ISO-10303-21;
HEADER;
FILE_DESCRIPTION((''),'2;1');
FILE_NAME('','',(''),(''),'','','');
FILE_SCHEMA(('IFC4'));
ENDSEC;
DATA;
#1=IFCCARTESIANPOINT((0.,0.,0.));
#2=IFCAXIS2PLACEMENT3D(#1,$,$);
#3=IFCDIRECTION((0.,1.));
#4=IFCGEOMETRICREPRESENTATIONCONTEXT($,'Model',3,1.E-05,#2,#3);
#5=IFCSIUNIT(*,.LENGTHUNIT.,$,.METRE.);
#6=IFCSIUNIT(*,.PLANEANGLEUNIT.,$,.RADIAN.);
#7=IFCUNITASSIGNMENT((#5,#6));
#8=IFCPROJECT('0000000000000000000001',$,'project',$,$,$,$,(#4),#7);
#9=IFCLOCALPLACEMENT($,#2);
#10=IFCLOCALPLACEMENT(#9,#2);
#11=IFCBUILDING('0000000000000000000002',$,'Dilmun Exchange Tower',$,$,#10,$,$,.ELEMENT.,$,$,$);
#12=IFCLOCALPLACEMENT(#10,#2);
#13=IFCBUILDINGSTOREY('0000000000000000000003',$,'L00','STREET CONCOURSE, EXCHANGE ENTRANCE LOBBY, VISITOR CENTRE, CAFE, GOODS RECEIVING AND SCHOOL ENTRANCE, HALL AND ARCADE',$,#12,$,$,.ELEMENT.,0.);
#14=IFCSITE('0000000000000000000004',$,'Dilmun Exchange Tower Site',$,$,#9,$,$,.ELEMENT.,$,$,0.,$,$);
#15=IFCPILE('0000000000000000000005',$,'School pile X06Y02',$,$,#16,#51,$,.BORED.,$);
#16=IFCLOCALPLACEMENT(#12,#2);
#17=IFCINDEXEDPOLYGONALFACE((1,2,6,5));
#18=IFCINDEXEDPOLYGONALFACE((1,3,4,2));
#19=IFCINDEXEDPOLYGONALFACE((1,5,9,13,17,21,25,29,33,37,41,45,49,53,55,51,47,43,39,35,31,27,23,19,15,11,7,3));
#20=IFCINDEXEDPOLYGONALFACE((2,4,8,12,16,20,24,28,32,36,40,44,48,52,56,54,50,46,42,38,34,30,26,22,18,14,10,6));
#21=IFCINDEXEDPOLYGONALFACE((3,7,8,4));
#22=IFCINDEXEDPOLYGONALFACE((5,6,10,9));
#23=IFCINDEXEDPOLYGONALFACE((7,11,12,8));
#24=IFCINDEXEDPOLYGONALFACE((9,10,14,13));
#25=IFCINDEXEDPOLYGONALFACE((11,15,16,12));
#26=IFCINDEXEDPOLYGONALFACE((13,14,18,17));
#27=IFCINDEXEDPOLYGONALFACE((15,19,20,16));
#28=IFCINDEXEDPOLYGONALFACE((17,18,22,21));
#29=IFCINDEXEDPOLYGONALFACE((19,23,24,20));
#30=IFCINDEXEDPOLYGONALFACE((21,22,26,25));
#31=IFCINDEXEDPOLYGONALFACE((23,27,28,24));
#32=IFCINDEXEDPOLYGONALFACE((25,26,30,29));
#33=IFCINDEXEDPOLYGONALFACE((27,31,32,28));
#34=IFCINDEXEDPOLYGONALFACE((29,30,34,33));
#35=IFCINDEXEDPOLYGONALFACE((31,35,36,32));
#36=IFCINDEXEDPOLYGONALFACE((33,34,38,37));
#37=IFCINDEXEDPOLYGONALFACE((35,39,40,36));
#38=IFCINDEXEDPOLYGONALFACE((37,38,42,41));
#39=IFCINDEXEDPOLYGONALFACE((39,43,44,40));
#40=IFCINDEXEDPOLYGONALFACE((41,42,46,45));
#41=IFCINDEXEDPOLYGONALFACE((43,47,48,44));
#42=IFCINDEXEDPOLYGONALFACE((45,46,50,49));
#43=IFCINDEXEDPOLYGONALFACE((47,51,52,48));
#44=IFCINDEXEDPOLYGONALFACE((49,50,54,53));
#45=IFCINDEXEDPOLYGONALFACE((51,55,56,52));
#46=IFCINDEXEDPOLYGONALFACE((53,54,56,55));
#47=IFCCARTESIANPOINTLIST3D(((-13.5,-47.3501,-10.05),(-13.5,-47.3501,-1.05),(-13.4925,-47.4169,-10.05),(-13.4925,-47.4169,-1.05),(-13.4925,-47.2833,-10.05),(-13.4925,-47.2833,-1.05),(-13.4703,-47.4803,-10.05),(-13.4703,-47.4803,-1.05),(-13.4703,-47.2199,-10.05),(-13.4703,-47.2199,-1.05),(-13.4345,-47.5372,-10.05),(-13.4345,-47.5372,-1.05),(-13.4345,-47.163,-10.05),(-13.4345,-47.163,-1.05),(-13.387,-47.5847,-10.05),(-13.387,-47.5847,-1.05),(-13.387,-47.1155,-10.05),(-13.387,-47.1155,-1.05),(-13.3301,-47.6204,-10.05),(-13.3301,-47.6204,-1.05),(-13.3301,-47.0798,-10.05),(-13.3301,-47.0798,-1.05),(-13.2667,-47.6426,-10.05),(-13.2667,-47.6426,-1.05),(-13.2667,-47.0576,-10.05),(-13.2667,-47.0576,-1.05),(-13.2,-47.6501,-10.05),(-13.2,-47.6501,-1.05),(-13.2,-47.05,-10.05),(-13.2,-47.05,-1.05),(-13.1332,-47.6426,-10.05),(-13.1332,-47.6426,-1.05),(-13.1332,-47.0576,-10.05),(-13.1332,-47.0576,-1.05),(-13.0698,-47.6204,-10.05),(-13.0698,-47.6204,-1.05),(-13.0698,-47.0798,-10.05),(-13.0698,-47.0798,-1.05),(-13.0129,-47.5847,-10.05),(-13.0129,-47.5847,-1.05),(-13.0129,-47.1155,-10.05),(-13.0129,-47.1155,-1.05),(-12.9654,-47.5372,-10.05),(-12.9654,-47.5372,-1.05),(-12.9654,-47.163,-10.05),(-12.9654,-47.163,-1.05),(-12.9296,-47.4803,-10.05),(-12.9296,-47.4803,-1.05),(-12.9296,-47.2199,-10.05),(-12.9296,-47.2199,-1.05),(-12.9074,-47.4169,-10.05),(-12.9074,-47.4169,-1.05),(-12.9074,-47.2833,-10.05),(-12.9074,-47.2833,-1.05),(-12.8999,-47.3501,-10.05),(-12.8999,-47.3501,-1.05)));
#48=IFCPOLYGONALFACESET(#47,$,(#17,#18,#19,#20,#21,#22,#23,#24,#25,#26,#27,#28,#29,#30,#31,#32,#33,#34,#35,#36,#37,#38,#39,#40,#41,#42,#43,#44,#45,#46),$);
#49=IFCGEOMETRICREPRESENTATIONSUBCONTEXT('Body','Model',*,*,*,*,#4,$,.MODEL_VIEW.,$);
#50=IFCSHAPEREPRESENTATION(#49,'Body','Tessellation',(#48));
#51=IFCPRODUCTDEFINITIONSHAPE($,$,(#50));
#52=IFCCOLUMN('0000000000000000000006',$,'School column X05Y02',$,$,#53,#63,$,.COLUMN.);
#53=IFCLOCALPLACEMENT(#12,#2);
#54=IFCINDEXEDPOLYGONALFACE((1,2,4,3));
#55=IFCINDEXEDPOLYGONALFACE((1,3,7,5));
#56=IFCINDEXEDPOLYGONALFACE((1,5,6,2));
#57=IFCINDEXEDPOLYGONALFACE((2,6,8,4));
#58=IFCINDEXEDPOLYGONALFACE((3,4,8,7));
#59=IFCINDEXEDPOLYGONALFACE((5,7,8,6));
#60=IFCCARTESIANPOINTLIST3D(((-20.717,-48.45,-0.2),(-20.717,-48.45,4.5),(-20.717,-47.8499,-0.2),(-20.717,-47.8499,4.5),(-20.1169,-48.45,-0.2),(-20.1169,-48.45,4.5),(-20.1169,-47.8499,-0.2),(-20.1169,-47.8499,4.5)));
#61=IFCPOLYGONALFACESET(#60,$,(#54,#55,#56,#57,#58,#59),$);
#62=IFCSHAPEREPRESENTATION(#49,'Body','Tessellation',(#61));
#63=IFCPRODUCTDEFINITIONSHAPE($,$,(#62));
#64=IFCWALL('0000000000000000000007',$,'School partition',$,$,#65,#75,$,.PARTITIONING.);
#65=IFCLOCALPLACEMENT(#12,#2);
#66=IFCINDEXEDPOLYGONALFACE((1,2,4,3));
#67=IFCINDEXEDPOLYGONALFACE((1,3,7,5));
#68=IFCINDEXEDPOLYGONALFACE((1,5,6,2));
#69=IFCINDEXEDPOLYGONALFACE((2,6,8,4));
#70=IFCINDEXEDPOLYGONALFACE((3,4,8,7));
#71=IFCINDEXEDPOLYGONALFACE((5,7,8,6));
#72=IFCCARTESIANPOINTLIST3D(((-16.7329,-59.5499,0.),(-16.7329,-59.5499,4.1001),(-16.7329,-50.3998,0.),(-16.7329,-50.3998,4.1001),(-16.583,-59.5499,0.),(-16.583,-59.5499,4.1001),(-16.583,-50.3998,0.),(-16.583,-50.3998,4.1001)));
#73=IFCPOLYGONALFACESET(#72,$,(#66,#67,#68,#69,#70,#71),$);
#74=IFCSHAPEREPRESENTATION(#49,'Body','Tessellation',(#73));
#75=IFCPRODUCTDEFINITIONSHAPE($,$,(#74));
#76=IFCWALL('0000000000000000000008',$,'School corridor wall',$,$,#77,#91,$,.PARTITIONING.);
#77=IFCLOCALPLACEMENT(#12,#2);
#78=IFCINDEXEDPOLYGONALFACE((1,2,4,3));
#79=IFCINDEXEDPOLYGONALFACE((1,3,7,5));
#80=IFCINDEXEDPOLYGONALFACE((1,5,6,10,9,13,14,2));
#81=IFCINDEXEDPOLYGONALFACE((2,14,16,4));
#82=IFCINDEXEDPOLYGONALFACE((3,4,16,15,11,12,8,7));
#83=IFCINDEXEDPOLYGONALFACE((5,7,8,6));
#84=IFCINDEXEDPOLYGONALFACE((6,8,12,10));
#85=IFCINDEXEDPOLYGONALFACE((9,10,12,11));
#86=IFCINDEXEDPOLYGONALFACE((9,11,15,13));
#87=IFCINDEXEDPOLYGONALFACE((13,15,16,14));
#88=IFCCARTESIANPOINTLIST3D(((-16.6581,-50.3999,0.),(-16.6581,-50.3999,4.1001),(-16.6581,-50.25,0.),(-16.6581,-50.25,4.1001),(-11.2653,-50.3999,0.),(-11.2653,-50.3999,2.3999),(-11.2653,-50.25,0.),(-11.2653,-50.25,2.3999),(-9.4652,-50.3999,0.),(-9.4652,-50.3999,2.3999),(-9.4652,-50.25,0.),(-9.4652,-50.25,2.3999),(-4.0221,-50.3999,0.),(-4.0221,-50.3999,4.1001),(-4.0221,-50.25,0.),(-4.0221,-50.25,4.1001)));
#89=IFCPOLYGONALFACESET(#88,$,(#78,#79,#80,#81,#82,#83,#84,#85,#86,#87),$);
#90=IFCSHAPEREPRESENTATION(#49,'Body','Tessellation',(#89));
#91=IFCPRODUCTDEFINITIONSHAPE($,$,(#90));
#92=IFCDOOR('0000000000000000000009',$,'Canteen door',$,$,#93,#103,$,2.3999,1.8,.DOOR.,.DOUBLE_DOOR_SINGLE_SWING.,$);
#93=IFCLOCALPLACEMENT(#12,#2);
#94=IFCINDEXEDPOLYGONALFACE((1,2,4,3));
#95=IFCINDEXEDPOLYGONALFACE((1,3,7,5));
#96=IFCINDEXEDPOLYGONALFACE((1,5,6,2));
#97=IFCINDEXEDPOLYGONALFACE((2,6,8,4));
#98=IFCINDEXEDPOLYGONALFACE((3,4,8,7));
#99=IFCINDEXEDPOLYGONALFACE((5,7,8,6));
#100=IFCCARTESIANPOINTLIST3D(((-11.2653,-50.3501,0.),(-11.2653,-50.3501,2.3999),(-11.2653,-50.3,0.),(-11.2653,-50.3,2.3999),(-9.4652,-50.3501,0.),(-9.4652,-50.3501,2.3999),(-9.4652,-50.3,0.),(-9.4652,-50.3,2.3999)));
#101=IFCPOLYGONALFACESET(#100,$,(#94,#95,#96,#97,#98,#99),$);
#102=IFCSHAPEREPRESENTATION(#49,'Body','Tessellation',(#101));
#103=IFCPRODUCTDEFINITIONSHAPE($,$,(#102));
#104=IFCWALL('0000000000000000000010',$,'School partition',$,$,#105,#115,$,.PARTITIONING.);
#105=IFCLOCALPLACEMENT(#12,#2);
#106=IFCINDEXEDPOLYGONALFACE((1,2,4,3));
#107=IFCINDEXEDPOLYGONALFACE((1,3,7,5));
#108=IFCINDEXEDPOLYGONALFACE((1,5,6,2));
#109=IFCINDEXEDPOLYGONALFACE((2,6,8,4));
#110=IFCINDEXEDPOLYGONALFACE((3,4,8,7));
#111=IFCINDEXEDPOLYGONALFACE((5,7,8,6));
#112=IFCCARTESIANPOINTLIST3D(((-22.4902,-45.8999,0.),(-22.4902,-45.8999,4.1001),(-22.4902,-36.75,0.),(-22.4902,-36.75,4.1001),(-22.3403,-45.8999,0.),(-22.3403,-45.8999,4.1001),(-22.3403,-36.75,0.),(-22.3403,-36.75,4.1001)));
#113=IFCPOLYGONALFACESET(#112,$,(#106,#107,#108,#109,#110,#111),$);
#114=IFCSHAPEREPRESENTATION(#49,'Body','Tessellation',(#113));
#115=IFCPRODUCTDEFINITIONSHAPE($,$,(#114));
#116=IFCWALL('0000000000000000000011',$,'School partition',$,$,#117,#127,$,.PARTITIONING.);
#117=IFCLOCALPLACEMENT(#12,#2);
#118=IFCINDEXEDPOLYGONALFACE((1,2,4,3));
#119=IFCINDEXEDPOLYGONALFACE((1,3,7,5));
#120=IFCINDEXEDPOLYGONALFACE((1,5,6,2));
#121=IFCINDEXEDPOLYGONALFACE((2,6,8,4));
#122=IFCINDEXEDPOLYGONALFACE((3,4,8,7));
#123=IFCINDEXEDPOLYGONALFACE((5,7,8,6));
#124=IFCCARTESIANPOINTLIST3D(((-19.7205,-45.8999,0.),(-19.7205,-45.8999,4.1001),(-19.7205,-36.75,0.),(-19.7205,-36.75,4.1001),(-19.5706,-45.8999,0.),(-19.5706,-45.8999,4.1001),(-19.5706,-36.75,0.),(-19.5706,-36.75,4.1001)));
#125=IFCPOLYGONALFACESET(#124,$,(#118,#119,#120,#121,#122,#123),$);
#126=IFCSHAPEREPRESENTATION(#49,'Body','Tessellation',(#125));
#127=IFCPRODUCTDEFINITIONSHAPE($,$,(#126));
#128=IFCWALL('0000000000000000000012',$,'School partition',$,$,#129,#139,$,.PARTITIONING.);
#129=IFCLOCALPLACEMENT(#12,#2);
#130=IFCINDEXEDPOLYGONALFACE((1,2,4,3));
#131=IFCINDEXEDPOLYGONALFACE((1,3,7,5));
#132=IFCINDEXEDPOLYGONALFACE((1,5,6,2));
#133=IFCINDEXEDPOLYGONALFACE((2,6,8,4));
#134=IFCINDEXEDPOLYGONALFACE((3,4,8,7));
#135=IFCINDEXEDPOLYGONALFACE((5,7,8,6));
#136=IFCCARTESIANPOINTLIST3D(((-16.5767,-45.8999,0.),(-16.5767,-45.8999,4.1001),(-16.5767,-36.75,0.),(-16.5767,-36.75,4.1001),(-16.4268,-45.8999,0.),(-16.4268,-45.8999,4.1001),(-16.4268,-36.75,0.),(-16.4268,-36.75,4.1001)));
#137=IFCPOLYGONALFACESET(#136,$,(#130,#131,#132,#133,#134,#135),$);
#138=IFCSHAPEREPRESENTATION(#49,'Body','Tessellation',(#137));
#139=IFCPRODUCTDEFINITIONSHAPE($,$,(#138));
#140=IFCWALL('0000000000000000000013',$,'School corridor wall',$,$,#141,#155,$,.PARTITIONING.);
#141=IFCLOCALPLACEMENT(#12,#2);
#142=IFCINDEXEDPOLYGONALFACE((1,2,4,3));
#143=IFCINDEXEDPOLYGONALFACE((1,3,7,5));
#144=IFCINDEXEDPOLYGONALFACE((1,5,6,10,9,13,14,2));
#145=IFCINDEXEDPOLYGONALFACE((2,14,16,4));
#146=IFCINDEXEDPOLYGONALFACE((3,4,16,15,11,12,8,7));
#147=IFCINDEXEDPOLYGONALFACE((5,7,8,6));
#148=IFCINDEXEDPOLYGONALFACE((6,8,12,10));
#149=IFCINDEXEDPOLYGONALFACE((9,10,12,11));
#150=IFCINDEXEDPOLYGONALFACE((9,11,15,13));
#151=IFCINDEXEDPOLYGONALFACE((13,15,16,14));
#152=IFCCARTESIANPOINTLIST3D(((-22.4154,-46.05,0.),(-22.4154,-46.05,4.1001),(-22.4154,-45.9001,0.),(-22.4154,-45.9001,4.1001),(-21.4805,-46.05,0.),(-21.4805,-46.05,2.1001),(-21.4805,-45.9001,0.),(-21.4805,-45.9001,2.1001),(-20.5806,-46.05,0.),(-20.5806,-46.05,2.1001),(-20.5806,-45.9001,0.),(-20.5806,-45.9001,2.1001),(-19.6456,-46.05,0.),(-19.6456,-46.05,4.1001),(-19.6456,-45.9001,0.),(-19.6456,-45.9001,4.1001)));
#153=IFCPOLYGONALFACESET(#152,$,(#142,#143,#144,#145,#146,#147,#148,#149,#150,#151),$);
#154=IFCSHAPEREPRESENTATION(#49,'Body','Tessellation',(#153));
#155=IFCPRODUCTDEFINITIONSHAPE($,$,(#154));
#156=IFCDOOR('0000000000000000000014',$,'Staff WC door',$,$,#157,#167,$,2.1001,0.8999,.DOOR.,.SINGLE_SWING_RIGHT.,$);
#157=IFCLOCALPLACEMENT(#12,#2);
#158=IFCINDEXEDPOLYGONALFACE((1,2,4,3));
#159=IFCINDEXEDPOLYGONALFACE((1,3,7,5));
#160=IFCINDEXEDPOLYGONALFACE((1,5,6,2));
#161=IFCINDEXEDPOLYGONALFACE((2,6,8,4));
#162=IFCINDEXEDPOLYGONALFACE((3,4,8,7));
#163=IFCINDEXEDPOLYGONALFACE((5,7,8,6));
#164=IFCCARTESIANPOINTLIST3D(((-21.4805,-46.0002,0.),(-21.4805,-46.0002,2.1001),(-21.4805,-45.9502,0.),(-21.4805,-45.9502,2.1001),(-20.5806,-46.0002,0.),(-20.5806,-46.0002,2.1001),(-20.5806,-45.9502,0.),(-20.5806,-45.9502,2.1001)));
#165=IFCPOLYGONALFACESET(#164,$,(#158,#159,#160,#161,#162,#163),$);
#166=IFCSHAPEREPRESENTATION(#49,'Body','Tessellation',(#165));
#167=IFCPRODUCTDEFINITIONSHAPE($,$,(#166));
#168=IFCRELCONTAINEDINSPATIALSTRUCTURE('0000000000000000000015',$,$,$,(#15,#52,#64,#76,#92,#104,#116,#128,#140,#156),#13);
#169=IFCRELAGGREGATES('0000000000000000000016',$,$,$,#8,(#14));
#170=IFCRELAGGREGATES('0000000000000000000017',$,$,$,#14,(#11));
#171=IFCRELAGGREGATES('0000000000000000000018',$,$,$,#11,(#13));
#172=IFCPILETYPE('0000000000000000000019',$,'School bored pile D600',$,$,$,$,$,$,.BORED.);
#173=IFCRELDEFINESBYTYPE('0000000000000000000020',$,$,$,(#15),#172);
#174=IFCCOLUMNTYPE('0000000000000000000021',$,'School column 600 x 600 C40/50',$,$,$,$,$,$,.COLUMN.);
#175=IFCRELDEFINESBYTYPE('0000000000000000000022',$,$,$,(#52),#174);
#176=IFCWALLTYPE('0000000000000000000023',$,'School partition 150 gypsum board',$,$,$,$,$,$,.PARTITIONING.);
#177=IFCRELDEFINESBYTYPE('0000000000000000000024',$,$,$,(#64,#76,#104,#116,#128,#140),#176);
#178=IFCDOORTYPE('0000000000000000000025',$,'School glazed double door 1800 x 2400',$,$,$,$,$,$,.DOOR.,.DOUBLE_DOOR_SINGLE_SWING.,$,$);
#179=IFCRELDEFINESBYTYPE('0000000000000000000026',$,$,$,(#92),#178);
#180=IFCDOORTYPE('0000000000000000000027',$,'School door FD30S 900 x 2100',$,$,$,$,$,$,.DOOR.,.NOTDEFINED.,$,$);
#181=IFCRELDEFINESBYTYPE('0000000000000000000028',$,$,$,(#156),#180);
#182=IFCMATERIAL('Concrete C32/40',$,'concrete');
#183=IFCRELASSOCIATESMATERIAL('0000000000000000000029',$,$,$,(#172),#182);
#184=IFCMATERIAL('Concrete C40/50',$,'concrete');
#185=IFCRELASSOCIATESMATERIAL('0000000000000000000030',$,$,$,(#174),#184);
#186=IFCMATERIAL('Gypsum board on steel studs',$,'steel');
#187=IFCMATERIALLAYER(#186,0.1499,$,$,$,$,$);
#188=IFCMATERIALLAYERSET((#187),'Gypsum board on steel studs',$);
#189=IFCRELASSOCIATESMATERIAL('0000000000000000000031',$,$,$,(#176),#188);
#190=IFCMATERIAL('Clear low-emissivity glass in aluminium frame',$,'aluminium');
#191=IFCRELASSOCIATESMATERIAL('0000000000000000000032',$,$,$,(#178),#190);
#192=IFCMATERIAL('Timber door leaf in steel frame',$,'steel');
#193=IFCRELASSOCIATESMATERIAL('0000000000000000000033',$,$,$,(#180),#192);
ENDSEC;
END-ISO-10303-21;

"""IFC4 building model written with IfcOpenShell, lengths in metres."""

from ifc_helpers import new_model, si_unit, direction, frame, frame_2d, origin, origin_2d, place, context, subcontext, project, spatial, rectangle, circle, extrude, material, layer, layer_set, material_profile, profile_set, type_object, element, fill, save


model = new_model("IFC4")

# Units and contexts
model_context = context("Model", 3, precision=1e-05, world=origin(), true_north=direction((0.0, 1.0)))
body_context = subcontext(model_context, "Body", "Model", "MODEL_VIEW")
ifc_project = project(units=[si_unit("LENGTHUNIT", "METRE"), si_unit("PLANEANGLEUNIT", "RADIAN")], contexts=[model_context])

# Site, building, storey
site_placement = place(None, origin())
site = spatial("IfcSite", under=ifc_project, at=site_placement, Name="Dilmun Exchange Tower Site", CompositionType="ELEMENT", RefElevation=0.0)
building_placement = place(site_placement, origin())
building = spatial("IfcBuilding", under=site, at=building_placement, Name="Dilmun Exchange Tower", CompositionType="ELEMENT")
storey_placement = place(building_placement, origin())
storey = spatial("IfcBuildingStorey", under=building, at=storey_placement, Name="L00", Description="STREET CONCOURSE, EXCHANGE ENTRANCE LOBBY, VISITOR CENTRE, CAFE, GOODS RECEIVING AND SCHOOL ENTRANCE, HALL AND ARCADE", CompositionType="ELEMENT", Elevation=0.0)

# Pile
ifc_material_1 = material(Name="Concrete C32/40", Category="concrete")
ifc_material_profile_1 = material_profile(ifc_material_1, circle(Radius=0.3, at=origin_2d()), Name="D600")
ifc_profile_set_1 = profile_set([ifc_material_profile_1], Name="Concrete C32/40")
pile_type = type_object("IfcPileType", Name="School bored pile D600", PredefinedType="BORED", material=ifc_profile_set_1)
for number, where, z_axis, x_axis, name in (
    (1, (-13.2, -47.3501, -1.05), (0.0, 0.0, -1.0), (1.0, 0.0, 0.0), "School pile X06Y02"),
):
    element("IfcPile", number, at=place(storey_placement, frame(where, z_axis=z_axis, x_axis=x_axis)), inside=storey, type_object=pile_type, Name=name, PredefinedType="BORED", context=body_context, shape_type="SweptSolid", body=[
        extrude(circle(Radius=0.3, at=origin_2d()), origin(), (0.0, 0.0, 1.0), 9.0),
    ])

# Column
ifc_material_2 = material(Name="Concrete C40/50", Category="concrete")
ifc_material_profile_2 = material_profile(ifc_material_2, rectangle(XDim=0.6001, YDim=0.6001, at=origin_2d()), Name="600 x 600")
ifc_profile_set_2 = profile_set([ifc_material_profile_2], Name="Concrete C40/50")
column_type = type_object("IfcColumnType", Name="School column 600 x 600 C40/50", PredefinedType="COLUMN", material=ifc_profile_set_2)
column_placement = place(storey_placement, frame((-20.417, -48.1499, -0.2), z_axis=(0.0, 0.0, 1.0), x_axis=(1.0, 0.0, 0.0)))
element("IfcColumn", 2, at=column_placement, inside=storey, type_object=column_type, Name="School column X05Y02", PredefinedType="COLUMN", context=body_context, shape_type="SweptSolid", body=[
    extrude(rectangle(XDim=0.6001, YDim=0.6001, at=origin_2d()), origin(), (0.0, 0.0, 1.0), 4.7),
])

# Wall
ifc_material_3 = material(Name="Gypsum board on steel studs", Category="steel")
ifc_layer = layer(ifc_material_3, 0.1499)
ifc_layer_set = layer_set([ifc_layer], Name="Gypsum board on steel studs")
wall_type = type_object("IfcWallType", Name="School partition 150 gypsum board", PredefinedType="PARTITIONING", material=ifc_layer_set)
wall_1_placement = place(storey_placement, frame((-16.658, -59.55, 0.0), z_axis=(0.0, 0.0, 1.0), x_axis=(0.0, 1.0, 0.0)))
element("IfcWall", 3, at=wall_1_placement, inside=storey, type_object=wall_type, Name="School partition", PredefinedType="PARTITIONING", context=body_context, shape_type="SweptSolid", body=[
    extrude(rectangle(XDim=9.1501, YDim=0.1499, at=frame_2d((4.5752, 0.0))), origin(), (0.0, 0.0, 1.0), 4.1001),
])

# Wall, opening, door
wall_2_placement = place(storey_placement, frame((-16.658, -50.325, 0.0), z_axis=(0.0, 0.0, 1.0), x_axis=(1.0, 0.0, 0.0)))
wall_2 = element("IfcWall", 4, at=wall_2_placement, inside=storey, type_object=wall_type, Name="School corridor wall", PredefinedType="PARTITIONING", context=body_context, shape_type="SweptSolid", body=[
    extrude(rectangle(XDim=12.636, YDim=0.1499, at=frame_2d((6.3179, 0.0))), origin(), (0.0, 0.0, 1.0), 4.1001),
])
opening_1_placement = place(wall_2_placement, frame((5.3928, 0.0, 0.0)))
opening_1 = element("IfcOpeningElement", 5, at=opening_1_placement, cuts=wall_2, PredefinedType="OPENING", context=body_context, shape_type="SweptSolid", body=[
    extrude(rectangle(XDim=1.8, YDim=2.3999, at=frame_2d((0.8999, 1.2))), frame((0.0, 0.085, 0.0), z_axis=(0.0, -1.0, 0.0), x_axis=(1.0, 0.0, 0.0)), (0.0, 0.0, 1.0), 0.1699),
])
ifc_material_4 = material(Name="Clear low-emissivity glass in aluminium frame", Category="aluminium")
door_type_1 = type_object("IfcDoorType", Name="School glazed double door 1800 x 2400", OperationType="DOUBLE_DOOR_SINGLE_SWING", PredefinedType="DOOR", material=ifc_material_4)
door_1_placement = place(opening_1_placement, origin())
door_1 = element("IfcDoor", 6, at=door_1_placement, inside=storey, type_object=door_type_1, Name="Canteen door", OperationType="DOUBLE_DOOR_SINGLE_SWING", OverallHeight=2.3999, OverallWidth=1.8, PredefinedType="DOOR", context=body_context, shape_type="SweptSolid", body=[
    extrude(rectangle(XDim=1.8, YDim=2.3999, at=frame_2d((0.8999, 1.2))), frame((0.0, 0.0249, 0.0), z_axis=(0.0, -1.0, 0.0), x_axis=(1.0, 0.0, 0.0)), (0.0, 0.0, 1.0), 0.05),
])
fill(opening_1, door_1)

# Walls
for number, where, z_axis, x_axis, name in (
    (7, (-22.4153, -45.8999, 0.0), (0.0, 0.0, 1.0), (0.0, 1.0, 0.0), "School partition"),
    (8, (-19.6455, -45.8999, 0.0), (0.0, 0.0, 1.0), (0.0, 1.0, 0.0), "School partition"),
    (9, (-16.5017, -45.8999, 0.0), (0.0, 0.0, 1.0), (0.0, 1.0, 0.0), "School partition"),
):
    element("IfcWall", number, at=place(storey_placement, frame(where, z_axis=z_axis, x_axis=x_axis)), inside=storey, type_object=wall_type, Name=name, PredefinedType="PARTITIONING", context=body_context, shape_type="SweptSolid", body=[
        extrude(rectangle(XDim=9.1499, YDim=0.1499, at=frame_2d((4.575, 0.0))), origin(), (0.0, 0.0, 1.0), 4.1001),
    ])

# Wall, opening, door
wall_3_placement = place(storey_placement, frame((-22.4153, -45.9751, 0.0), z_axis=(0.0, 0.0, 1.0), x_axis=(1.0, 0.0, 0.0)))
wall_3 = element("IfcWall", 10, at=wall_3_placement, inside=storey, type_object=wall_type, Name="School corridor wall", PredefinedType="PARTITIONING", context=body_context, shape_type="SweptSolid", body=[
    extrude(rectangle(XDim=2.7698, YDim=0.1499, at=frame_2d((1.3848, 0.0))), origin(), (0.0, 0.0, 1.0), 4.1001),
])
opening_2_placement = place(wall_3_placement, frame((0.9348, 0.0, 0.0)))
opening_2 = element("IfcOpeningElement", 11, at=opening_2_placement, cuts=wall_3, PredefinedType="OPENING", context=body_context, shape_type="SweptSolid", body=[
    extrude(rectangle(XDim=0.8999, YDim=2.1001, at=frame_2d((0.45, 1.05))), frame((0.0, 0.085, 0.0), z_axis=(0.0, -1.0, 0.0), x_axis=(1.0, 0.0, 0.0)), (0.0, 0.0, 1.0), 0.1699),
])
ifc_material_5 = material(Name="Timber door leaf in steel frame", Category="steel")
door_type_2 = type_object("IfcDoorType", Name="School door FD30S 900 x 2100", OperationType="NOTDEFINED", PredefinedType="DOOR", material=ifc_material_5)
door_2_placement = place(opening_2_placement, origin())
door_2 = element("IfcDoor", 12, at=door_2_placement, inside=storey, type_object=door_type_2, Name="Staff WC door", OperationType="SINGLE_SWING_RIGHT", OverallHeight=2.1001, OverallWidth=0.8999, PredefinedType="DOOR", context=body_context, shape_type="SweptSolid", body=[
    extrude(rectangle(XDim=0.8999, YDim=2.1001, at=frame_2d((0.45, 1.05))), frame((0.0, 0.0249, 0.0), z_axis=(0.0, -1.0, 0.0), x_axis=(1.0, 0.0, 0.0)), (0.0, 0.0, 1.0), 0.05),
])
fill(opening_2, door_2)

save(model, "model.ifc")
